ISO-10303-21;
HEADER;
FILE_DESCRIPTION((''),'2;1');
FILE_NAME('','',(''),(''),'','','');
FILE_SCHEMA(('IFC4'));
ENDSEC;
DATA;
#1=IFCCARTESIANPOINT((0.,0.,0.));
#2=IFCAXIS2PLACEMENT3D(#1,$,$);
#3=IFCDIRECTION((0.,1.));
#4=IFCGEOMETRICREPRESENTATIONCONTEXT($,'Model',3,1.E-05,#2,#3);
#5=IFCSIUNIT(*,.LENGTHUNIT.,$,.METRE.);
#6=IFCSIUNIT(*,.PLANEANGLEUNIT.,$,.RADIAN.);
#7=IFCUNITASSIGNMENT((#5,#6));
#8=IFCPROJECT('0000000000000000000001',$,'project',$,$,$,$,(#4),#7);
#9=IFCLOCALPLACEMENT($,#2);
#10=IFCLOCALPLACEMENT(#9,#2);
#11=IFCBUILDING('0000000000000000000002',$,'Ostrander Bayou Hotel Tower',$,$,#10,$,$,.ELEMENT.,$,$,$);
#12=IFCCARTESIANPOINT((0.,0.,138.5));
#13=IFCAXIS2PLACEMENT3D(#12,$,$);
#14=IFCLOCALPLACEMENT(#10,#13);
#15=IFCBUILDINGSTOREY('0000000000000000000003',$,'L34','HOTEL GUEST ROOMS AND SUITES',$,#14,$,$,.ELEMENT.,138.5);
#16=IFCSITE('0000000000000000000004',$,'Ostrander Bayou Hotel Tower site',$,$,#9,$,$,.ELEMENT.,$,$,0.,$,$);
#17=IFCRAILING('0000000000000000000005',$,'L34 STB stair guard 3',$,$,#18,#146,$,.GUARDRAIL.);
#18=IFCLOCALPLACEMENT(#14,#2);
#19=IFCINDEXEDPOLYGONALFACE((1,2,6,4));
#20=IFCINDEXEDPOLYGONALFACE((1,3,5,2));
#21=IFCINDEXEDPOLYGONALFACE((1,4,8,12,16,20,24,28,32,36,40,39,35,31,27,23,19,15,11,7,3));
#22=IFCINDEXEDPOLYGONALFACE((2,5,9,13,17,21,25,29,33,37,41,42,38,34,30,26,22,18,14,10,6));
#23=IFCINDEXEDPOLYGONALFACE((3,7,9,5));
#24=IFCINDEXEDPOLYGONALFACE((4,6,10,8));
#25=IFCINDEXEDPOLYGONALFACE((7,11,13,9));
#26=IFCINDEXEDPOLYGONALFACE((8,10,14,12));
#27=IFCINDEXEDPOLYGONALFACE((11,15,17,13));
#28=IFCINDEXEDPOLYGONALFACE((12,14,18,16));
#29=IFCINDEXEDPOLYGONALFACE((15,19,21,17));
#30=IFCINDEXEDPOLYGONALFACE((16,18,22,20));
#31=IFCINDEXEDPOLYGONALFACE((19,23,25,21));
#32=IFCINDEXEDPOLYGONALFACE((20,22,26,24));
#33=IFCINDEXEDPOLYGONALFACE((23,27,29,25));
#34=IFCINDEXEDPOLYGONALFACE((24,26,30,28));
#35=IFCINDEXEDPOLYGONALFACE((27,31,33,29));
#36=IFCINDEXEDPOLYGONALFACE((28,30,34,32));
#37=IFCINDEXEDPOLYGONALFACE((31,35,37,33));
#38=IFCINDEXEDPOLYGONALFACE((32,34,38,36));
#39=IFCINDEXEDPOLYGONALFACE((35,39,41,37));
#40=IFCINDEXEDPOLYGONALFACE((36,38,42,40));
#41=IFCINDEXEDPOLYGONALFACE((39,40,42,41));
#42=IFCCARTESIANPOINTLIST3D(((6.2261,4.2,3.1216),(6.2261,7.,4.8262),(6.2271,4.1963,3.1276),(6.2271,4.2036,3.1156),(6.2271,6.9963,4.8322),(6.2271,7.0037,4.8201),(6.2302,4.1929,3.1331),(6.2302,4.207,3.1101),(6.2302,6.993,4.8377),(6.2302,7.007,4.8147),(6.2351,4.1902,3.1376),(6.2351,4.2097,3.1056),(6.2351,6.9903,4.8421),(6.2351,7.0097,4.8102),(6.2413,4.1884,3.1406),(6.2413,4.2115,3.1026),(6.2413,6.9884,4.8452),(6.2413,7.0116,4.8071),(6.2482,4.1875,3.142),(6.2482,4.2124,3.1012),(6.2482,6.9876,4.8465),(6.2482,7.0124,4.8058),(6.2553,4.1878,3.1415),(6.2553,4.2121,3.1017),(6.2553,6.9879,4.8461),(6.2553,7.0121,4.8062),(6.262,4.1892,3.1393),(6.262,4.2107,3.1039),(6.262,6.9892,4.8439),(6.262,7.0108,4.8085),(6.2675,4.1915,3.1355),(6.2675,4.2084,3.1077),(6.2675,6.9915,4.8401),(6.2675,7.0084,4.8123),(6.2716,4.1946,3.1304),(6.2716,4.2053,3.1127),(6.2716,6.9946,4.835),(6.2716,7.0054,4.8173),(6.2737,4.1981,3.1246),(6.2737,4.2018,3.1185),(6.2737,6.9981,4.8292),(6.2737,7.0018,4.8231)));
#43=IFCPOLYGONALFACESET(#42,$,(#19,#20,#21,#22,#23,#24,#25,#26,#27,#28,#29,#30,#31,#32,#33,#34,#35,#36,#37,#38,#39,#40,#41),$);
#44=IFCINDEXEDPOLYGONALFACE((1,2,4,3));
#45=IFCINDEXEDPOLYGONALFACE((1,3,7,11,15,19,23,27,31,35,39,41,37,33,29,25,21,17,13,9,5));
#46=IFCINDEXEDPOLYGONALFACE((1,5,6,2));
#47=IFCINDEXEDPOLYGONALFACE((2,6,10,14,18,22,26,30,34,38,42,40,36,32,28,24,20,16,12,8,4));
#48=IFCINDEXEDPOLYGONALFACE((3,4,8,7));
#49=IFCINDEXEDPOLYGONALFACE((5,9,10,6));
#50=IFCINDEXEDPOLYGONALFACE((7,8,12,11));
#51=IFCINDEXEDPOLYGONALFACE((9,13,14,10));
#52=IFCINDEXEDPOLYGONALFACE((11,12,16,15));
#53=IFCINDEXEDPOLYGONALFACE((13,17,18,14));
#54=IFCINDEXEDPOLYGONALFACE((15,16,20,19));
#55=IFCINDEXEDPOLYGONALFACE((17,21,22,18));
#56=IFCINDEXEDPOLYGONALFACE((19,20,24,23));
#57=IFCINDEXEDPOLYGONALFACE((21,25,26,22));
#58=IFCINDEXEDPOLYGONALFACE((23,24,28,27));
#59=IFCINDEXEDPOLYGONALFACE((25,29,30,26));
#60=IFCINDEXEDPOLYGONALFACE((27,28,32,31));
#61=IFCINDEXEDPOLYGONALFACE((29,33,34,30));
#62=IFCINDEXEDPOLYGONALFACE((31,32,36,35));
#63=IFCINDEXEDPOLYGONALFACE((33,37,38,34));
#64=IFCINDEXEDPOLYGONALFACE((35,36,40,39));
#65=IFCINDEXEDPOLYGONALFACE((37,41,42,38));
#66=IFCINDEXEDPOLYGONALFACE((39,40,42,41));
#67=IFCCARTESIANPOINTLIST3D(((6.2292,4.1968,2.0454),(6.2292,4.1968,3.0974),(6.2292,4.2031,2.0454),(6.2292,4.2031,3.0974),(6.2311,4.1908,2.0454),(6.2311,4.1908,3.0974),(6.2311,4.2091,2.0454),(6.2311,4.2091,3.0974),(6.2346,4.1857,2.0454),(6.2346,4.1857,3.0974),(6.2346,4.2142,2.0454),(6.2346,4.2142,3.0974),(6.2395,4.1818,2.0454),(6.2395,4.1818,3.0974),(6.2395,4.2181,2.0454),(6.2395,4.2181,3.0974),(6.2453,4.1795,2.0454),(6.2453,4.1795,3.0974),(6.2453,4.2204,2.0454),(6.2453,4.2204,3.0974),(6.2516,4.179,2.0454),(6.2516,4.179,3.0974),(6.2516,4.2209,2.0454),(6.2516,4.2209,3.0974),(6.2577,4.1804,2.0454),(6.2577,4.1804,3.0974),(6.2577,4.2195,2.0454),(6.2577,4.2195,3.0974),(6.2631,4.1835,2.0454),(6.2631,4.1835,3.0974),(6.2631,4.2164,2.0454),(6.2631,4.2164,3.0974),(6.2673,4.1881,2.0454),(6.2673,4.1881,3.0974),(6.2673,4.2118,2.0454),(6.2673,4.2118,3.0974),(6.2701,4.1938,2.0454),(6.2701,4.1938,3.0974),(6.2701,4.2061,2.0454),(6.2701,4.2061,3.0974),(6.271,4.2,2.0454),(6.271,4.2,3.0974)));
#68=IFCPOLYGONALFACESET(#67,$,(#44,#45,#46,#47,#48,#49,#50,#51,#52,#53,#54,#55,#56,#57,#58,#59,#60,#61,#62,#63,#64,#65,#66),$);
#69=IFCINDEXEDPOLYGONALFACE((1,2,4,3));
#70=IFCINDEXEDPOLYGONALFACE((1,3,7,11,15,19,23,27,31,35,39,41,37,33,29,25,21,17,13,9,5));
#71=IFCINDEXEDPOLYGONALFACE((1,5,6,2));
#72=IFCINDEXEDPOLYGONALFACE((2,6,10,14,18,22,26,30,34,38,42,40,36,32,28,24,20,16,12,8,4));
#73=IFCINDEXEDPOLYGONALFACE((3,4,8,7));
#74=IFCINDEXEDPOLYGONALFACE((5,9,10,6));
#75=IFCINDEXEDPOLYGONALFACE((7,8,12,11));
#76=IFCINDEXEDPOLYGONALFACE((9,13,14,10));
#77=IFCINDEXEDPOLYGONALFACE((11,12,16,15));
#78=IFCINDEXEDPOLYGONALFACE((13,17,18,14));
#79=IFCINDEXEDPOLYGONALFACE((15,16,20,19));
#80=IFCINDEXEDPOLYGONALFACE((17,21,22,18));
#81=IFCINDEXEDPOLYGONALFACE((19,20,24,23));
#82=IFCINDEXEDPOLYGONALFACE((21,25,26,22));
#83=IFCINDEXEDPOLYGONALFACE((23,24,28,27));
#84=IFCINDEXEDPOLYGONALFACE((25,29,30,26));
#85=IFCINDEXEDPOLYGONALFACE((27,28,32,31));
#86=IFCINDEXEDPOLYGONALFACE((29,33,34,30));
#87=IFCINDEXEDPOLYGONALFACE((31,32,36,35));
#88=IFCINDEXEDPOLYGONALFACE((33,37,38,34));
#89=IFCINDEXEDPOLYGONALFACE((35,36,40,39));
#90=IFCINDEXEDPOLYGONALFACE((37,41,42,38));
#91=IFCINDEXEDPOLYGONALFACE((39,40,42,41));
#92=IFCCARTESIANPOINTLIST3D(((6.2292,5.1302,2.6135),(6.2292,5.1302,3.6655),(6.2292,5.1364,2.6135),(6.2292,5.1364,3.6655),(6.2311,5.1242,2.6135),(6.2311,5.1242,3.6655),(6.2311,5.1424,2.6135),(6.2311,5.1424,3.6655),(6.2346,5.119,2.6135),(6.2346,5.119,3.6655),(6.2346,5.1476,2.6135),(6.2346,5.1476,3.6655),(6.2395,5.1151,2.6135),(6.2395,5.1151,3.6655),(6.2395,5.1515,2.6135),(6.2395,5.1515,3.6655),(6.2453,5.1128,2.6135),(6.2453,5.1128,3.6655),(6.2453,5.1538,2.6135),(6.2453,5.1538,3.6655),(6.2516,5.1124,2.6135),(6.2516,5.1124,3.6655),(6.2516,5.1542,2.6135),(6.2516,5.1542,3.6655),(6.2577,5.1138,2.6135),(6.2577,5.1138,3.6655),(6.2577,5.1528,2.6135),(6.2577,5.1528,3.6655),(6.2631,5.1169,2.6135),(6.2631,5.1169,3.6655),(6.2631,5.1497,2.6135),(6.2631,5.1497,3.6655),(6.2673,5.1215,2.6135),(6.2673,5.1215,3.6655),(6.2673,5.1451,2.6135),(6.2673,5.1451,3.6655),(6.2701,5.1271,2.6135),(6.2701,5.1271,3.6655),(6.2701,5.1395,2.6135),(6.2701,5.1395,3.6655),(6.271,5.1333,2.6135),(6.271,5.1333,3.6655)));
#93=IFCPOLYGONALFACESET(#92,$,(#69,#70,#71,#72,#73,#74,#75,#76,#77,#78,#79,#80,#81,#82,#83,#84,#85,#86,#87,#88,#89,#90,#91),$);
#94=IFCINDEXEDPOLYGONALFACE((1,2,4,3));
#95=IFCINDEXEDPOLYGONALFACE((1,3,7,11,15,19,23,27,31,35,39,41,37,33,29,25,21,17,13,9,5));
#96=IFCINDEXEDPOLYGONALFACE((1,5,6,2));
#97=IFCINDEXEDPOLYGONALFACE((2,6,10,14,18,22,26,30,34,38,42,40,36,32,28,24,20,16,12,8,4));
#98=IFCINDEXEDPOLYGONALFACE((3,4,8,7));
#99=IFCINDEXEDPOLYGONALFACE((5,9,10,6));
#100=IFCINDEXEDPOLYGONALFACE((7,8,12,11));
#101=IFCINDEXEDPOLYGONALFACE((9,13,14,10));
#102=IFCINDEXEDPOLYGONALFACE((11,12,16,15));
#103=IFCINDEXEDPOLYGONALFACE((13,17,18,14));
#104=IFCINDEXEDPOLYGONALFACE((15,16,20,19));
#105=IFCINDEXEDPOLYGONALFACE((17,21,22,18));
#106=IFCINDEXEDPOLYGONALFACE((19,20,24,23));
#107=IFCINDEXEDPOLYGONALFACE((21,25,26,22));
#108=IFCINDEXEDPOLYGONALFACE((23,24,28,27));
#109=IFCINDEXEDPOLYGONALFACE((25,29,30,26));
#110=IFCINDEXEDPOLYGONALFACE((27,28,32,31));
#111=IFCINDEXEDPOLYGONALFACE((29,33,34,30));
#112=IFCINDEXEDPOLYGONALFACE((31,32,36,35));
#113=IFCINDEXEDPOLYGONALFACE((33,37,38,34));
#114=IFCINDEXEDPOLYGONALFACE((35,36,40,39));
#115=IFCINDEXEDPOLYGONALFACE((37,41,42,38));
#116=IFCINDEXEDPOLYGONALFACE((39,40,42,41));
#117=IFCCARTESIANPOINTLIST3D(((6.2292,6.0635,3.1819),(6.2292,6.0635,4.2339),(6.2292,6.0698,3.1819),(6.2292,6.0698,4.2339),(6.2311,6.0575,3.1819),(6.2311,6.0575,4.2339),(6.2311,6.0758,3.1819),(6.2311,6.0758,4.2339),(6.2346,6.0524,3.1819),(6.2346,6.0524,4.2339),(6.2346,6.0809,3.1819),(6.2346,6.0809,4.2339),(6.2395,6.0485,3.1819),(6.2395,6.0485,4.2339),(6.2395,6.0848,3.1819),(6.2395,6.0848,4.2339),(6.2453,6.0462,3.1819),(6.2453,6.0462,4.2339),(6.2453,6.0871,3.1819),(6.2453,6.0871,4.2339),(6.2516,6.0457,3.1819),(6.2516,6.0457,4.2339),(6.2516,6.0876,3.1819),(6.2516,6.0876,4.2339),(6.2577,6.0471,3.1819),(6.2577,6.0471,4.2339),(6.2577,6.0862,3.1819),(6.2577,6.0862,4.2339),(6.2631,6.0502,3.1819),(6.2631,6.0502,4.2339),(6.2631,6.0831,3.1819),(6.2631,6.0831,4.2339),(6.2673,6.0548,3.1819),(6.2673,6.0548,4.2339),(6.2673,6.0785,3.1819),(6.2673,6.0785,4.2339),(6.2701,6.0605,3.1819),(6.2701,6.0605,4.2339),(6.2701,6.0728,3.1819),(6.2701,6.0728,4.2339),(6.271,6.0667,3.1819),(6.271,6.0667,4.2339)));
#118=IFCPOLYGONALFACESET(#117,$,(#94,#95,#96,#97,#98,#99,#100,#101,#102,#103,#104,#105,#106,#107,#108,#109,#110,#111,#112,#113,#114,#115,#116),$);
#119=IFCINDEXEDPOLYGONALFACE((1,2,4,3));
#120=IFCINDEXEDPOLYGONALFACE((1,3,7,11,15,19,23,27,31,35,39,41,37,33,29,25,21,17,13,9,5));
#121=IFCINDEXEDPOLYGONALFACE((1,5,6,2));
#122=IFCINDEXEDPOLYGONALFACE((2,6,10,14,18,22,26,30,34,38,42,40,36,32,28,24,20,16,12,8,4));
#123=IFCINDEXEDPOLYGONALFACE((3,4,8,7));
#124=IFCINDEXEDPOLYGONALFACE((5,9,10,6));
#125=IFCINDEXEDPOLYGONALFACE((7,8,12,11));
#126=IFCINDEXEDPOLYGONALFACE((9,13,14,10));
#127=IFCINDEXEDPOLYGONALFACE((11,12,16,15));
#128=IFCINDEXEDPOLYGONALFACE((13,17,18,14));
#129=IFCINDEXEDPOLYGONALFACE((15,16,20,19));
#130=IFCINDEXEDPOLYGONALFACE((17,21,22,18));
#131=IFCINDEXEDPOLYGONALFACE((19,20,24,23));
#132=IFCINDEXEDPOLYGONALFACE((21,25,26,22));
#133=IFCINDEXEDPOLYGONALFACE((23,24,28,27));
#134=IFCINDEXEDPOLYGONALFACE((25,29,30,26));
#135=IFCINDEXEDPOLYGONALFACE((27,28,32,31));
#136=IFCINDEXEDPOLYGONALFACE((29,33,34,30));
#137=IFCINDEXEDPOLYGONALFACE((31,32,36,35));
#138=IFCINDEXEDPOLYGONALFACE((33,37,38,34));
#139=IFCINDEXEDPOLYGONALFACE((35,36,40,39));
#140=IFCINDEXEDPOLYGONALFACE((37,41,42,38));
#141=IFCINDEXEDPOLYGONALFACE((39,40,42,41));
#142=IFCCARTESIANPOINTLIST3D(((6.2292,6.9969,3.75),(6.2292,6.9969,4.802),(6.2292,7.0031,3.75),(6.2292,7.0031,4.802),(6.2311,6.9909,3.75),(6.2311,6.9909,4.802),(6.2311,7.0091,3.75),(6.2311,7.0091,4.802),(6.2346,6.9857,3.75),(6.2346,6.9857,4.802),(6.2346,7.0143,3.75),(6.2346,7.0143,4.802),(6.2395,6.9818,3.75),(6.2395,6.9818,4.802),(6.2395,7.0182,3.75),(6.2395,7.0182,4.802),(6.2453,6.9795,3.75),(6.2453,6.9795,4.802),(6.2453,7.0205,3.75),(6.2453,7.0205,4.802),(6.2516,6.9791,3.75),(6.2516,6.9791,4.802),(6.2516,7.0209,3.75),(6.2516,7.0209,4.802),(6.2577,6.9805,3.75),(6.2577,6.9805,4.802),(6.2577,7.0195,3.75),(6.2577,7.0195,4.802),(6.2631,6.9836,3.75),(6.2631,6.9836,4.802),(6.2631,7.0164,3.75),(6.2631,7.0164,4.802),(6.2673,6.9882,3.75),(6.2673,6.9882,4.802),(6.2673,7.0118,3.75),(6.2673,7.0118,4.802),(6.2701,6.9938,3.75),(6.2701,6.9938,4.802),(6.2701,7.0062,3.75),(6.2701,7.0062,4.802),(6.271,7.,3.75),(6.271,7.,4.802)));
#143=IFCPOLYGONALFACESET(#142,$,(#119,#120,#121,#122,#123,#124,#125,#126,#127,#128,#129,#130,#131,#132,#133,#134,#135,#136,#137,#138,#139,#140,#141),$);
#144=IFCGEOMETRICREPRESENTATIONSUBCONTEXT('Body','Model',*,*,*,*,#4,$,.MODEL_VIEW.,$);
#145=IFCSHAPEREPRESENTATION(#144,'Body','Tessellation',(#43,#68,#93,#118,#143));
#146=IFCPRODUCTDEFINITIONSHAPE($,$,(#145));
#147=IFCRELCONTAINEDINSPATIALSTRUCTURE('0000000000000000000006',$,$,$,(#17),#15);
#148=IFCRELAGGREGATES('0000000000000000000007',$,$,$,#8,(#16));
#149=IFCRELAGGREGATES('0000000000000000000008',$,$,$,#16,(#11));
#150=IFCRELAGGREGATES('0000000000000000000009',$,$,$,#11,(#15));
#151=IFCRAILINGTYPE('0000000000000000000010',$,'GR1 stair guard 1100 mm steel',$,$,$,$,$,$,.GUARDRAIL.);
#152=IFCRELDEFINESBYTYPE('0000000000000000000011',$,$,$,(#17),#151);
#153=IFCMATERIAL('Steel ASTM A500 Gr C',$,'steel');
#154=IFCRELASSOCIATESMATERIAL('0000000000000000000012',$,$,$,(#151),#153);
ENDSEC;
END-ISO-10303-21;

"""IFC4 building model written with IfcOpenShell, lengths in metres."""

from ifc_helpers import new_model, si_unit, direction, frame, origin, origin_2d, place, context, subcontext, project, spatial, circle, extrude, material, type_object, element, save


model = new_model("IFC4")

# Units and contexts
model_context = context("Model", 3, precision=1e-05, world=origin(), true_north=direction((0.0, 1.0)))
body_context = subcontext(model_context, "Body", "Model", "MODEL_VIEW")
ifc_project = project(units=[si_unit("LENGTHUNIT", "METRE"), si_unit("PLANEANGLEUNIT", "RADIAN")], contexts=[model_context])

# Site, building, storey
site_placement = place(None, origin())
site = spatial("IfcSite", under=ifc_project, at=site_placement, Name="Ostrander Bayou Hotel Tower site", CompositionType="ELEMENT", RefElevation=0.0)
building_placement = place(site_placement, origin())
building = spatial("IfcBuilding", under=site, at=building_placement, Name="Ostrander Bayou Hotel Tower", CompositionType="ELEMENT")
storey_placement = place(building_placement, frame((0.0, 0.0, 138.5)))
storey = spatial("IfcBuildingStorey", under=building, at=storey_placement, Name="L34", Description="HOTEL GUEST ROOMS AND SUITES", CompositionType="ELEMENT", Elevation=138.5)

# Railing
ifc_material_1 = material(Name="Steel ASTM A500 Gr C", Category="steel")
railing_type_1 = type_object("IfcRailingType", Name="GR1 stair guard 1100 mm steel", PredefinedType="GUARDRAIL", material=ifc_material_1)
railing_1_placement = place(storey_placement, frame((6.25, 4.2, 2.0454)))
element("IfcRailing", 1, at=railing_1_placement, inside=storey, type_object=railing_type_1, Name="L34 STB stair guard 3", PredefinedType="GUARDRAIL", context=body_context, shape_type="SweptSolid", body=[
    extrude(circle(Radius=0.0239, at=origin_2d()), frame((0.0, 0.0, 1.0762), z_axis=(0.0, 0.85417, 0.519994), x_axis=(-1.0, 0.0, 0.0)), (0.0, 0.0, 1.0), 3.2781),
    extrude(circle(Radius=0.021, at=origin_2d()), origin(), (0.0, 0.0, 1.0), 1.052),
    extrude(circle(Radius=0.021, at=origin_2d()), frame((0.0, 0.9333, 0.5681)), (0.0, 0.0, 1.0), 1.052),
    extrude(circle(Radius=0.021, at=origin_2d()), frame((0.0, 1.8667, 1.1365)), (0.0, 0.0, 1.0), 1.052),
    extrude(circle(Radius=0.021, at=origin_2d()), frame((0.0, 2.8, 1.7046)), (0.0, 0.0, 1.0), 1.052),
])

save(model, "model.ifc")
